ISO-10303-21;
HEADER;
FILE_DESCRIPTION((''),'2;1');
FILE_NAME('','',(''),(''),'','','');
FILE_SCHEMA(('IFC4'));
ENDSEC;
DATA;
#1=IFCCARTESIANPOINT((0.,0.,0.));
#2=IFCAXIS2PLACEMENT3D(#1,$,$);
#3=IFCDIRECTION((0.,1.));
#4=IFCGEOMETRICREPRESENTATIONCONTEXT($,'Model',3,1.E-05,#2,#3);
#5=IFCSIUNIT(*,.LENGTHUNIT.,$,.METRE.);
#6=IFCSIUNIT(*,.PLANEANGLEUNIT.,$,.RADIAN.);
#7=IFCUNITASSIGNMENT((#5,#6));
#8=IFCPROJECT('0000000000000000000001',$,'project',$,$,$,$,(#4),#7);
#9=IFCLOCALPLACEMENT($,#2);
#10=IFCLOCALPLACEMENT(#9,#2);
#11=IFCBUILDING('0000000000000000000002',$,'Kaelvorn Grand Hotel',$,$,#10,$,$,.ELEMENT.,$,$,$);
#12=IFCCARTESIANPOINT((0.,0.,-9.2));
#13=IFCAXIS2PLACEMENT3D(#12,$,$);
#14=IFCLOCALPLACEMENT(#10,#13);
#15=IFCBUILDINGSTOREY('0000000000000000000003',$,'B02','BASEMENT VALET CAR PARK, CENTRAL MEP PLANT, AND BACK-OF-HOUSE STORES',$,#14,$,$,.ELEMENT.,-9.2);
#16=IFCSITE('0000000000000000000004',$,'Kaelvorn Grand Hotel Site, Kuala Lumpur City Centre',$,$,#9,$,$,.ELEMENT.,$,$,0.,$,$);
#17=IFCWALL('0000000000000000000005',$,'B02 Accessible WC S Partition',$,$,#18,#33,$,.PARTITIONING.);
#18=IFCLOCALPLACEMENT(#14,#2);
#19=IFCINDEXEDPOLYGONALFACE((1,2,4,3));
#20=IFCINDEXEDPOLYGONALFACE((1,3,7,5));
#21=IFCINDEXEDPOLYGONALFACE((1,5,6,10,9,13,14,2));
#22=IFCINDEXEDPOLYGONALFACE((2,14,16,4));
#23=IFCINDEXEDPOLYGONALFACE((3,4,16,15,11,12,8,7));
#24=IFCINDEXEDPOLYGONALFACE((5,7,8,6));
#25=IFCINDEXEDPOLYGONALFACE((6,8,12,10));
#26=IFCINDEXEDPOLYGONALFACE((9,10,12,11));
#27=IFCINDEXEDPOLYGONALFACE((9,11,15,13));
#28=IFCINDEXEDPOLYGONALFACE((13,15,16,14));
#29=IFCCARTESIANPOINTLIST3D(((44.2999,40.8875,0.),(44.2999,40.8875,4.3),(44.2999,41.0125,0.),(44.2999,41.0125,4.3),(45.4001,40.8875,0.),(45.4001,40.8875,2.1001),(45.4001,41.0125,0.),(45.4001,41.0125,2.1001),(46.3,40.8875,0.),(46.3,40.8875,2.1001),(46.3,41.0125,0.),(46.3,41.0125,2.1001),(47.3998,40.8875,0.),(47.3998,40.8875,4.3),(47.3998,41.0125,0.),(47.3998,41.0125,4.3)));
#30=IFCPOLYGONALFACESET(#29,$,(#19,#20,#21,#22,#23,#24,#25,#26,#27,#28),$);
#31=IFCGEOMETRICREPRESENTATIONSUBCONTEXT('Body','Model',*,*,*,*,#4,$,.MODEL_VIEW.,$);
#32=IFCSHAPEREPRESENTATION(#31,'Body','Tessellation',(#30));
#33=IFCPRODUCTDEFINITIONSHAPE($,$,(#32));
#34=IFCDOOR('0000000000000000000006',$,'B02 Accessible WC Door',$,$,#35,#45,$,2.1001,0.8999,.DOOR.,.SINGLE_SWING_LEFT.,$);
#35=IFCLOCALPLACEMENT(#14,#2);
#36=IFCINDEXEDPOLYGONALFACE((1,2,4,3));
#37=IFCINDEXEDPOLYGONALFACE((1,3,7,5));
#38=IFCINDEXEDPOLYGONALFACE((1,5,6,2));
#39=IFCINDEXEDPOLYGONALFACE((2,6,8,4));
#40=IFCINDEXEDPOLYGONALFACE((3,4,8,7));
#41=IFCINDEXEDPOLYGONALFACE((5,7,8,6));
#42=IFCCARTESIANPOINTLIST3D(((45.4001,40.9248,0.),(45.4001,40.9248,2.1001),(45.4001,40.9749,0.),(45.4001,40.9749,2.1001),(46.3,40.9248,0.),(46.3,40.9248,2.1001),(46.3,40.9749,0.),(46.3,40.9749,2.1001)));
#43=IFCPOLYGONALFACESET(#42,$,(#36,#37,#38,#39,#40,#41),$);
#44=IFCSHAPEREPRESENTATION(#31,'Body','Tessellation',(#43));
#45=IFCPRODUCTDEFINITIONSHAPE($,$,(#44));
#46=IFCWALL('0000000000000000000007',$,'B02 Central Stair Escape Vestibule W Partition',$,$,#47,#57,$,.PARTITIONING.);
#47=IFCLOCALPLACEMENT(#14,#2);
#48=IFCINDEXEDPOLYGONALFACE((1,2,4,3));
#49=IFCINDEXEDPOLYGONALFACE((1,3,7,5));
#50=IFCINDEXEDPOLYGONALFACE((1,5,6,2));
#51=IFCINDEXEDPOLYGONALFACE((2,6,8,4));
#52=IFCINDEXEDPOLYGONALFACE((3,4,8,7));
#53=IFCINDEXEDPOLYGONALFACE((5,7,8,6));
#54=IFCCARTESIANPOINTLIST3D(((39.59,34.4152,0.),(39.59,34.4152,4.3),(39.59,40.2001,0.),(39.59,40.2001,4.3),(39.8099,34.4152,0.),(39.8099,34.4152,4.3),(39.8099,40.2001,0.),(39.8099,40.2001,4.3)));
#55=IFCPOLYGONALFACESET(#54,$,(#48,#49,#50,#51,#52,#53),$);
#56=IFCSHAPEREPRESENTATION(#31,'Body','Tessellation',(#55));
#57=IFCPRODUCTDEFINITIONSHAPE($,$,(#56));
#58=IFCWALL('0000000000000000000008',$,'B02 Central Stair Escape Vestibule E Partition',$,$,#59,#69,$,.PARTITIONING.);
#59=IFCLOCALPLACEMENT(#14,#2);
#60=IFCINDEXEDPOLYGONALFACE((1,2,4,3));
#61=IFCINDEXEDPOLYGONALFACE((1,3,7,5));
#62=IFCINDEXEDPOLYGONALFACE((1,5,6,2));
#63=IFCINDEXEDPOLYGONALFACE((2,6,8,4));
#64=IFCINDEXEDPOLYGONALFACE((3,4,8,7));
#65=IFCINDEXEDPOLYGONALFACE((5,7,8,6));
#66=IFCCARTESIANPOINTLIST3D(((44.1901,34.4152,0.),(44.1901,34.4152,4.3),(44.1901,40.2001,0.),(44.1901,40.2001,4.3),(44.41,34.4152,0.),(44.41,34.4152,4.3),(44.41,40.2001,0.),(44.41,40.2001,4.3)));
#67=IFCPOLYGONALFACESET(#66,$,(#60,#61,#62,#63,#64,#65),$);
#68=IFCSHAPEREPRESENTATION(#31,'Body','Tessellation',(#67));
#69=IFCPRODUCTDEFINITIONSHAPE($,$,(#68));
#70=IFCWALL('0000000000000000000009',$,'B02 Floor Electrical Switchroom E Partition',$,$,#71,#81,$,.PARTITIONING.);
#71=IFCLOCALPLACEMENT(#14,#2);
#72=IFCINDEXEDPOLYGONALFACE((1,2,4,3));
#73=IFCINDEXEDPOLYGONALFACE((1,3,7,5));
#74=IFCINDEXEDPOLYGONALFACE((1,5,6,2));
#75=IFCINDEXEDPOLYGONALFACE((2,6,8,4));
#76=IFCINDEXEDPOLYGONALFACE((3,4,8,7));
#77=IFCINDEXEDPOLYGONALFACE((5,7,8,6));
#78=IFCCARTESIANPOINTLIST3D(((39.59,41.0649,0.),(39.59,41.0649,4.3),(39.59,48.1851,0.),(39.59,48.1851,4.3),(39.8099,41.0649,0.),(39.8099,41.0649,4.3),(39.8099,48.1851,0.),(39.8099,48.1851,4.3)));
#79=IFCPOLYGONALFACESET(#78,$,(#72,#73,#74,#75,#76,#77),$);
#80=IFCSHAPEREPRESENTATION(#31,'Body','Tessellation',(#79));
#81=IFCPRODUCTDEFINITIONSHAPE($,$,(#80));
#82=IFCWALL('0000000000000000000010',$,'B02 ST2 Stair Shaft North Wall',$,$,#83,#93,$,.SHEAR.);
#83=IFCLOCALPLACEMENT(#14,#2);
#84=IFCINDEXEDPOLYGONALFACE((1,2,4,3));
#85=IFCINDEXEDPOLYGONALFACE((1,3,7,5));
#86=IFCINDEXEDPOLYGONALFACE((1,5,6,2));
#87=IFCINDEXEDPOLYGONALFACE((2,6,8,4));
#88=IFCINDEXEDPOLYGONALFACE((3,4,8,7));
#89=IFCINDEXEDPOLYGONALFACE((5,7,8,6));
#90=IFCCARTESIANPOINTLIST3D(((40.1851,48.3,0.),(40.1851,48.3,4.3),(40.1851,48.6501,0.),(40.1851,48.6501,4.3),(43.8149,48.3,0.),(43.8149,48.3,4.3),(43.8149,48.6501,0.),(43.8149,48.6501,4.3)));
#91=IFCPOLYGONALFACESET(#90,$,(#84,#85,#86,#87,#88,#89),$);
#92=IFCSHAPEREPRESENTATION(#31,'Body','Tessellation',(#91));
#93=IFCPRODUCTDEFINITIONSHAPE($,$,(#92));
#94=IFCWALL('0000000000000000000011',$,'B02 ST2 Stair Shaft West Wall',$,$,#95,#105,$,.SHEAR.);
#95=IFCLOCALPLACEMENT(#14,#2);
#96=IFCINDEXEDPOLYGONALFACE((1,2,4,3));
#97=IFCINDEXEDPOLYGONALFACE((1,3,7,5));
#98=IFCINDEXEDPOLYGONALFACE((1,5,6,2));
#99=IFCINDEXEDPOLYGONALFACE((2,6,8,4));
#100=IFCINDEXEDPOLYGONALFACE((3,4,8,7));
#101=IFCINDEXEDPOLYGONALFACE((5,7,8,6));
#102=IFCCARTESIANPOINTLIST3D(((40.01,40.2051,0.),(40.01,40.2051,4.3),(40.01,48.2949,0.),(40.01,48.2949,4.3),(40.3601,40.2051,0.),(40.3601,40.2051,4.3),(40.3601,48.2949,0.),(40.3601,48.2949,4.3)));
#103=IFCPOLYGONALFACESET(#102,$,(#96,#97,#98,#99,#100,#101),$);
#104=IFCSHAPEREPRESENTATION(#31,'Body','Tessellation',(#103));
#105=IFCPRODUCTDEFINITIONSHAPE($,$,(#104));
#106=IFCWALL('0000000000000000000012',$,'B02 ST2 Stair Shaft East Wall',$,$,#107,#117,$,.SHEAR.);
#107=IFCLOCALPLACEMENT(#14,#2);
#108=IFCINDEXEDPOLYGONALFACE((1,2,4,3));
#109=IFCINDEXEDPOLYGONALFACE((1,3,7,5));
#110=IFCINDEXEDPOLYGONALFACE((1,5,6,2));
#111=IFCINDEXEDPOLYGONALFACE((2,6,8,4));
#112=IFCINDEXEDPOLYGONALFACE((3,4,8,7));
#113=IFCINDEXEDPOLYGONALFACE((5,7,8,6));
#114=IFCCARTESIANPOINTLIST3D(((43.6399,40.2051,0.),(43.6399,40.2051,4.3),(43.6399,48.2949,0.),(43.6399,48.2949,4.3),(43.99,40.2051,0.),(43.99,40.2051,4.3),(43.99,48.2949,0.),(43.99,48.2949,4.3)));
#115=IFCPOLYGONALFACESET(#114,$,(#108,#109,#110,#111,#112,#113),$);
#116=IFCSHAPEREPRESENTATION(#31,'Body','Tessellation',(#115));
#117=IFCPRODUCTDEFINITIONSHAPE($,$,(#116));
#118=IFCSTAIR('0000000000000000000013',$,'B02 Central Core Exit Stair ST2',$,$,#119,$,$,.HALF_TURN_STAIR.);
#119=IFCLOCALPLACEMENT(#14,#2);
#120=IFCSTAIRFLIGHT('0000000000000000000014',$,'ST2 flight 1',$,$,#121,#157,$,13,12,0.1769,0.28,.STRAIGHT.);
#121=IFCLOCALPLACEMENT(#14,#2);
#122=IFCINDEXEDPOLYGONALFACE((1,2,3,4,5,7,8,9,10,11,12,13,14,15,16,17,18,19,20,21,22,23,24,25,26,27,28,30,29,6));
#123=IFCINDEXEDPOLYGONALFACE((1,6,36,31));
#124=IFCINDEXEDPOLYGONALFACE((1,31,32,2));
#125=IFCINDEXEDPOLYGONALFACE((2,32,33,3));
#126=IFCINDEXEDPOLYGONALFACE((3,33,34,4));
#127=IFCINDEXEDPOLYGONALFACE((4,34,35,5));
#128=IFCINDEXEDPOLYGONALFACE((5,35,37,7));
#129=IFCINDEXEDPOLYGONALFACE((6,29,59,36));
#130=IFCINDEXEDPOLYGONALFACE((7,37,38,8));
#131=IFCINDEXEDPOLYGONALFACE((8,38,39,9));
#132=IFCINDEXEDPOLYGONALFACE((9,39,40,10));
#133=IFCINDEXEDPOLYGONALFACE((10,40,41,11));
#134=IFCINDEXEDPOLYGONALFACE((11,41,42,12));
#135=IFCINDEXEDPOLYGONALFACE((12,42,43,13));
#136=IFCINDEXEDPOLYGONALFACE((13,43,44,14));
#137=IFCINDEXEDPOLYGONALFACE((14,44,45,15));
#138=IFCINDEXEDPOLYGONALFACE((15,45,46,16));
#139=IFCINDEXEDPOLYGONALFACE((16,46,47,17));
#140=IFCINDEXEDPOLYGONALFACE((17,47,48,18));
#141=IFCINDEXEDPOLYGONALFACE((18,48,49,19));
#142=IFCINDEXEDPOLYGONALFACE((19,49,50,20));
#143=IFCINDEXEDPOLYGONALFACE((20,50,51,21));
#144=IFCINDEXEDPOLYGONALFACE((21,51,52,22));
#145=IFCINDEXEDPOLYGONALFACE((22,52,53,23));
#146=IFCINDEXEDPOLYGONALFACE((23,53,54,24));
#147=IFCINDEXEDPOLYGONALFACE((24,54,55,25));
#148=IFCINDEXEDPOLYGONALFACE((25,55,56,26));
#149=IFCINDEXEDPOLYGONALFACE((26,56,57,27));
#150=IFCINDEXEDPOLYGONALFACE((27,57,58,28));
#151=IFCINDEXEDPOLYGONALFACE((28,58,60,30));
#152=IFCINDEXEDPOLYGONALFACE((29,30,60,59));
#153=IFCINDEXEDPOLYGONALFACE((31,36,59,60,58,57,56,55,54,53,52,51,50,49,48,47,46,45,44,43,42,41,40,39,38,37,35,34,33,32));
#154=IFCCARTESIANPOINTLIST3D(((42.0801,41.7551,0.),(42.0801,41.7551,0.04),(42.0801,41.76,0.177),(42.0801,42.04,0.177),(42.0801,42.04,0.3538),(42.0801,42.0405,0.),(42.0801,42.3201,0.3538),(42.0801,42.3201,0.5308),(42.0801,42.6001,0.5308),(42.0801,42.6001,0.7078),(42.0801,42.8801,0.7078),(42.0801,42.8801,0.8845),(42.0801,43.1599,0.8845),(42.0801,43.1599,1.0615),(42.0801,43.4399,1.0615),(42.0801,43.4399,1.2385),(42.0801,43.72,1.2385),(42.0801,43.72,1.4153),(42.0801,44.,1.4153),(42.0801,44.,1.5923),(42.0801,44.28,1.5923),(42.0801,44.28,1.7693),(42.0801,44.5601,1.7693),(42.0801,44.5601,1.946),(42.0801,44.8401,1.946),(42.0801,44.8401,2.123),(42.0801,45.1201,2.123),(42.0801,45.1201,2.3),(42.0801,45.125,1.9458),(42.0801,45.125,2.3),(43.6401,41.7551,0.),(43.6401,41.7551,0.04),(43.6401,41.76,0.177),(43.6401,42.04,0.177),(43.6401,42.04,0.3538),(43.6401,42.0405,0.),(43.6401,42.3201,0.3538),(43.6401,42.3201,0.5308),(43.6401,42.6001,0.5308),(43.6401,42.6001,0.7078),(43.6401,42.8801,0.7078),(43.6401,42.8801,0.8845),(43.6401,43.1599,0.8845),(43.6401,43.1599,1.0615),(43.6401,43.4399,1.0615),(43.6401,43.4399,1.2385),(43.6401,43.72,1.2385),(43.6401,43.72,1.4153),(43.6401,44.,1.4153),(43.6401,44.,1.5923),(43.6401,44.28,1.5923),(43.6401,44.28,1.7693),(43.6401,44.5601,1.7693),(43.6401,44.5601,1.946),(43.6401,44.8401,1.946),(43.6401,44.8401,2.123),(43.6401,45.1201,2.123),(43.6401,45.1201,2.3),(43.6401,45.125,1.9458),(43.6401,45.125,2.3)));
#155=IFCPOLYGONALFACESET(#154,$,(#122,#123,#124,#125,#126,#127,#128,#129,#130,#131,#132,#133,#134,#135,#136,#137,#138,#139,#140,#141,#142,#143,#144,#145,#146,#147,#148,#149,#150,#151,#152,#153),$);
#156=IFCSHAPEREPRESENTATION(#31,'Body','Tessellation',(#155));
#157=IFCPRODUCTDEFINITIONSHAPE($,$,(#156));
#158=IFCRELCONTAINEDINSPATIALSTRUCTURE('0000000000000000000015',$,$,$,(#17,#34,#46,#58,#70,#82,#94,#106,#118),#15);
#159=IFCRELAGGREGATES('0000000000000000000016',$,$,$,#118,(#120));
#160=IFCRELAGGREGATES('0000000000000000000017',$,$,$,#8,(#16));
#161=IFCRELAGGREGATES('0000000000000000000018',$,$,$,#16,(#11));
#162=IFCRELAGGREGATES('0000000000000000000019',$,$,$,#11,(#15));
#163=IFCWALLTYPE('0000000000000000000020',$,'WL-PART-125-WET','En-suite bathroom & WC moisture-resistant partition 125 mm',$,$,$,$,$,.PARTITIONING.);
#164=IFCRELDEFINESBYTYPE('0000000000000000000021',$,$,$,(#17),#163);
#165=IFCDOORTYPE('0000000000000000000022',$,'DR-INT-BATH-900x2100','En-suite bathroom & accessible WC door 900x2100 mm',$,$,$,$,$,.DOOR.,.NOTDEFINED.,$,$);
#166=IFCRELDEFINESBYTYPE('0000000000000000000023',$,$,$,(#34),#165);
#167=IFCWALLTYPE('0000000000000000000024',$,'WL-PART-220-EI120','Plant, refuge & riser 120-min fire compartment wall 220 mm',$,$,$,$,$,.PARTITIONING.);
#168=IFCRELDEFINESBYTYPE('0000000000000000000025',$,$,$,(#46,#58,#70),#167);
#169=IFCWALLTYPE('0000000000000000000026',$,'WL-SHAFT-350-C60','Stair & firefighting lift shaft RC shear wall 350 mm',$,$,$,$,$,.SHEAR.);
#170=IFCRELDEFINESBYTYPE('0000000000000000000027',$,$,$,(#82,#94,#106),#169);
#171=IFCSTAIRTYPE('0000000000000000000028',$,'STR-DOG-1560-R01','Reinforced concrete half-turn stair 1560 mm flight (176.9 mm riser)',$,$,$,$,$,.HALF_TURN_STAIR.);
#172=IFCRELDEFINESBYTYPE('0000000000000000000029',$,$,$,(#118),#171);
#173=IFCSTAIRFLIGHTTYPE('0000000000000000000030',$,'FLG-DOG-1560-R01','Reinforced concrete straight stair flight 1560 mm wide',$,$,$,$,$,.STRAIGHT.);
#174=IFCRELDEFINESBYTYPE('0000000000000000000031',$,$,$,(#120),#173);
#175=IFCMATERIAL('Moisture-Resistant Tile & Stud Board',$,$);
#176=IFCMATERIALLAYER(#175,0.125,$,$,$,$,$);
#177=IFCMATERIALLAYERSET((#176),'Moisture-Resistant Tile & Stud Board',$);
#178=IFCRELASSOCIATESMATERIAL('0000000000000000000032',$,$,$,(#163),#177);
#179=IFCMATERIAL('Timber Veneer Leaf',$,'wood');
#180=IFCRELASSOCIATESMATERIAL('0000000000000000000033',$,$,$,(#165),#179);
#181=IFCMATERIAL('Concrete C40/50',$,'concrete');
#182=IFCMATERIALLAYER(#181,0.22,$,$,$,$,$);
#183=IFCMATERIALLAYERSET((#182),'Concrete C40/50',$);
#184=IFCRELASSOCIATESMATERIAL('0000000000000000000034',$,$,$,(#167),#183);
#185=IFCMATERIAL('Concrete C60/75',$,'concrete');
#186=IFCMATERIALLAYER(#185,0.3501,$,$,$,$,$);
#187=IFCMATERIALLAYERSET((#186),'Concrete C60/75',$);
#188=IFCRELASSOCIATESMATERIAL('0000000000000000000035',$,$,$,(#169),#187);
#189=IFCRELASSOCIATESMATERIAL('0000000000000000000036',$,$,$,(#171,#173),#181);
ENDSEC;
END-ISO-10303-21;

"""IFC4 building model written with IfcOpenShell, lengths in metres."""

from ifc_helpers import new_model, si_unit, direction, frame, frame_2d, origin, place, context, subcontext, project, spatial, polyline, rectangle, outline, extrude, material, layer, layer_set, type_object, element, fill, aggregate, save


model = new_model("IFC4")

# Units and contexts
model_context = context("Model", 3, precision=1e-05, world=origin(), true_north=direction((0.0, 1.0)))
body_context = subcontext(model_context, "Body", "Model", "MODEL_VIEW")
ifc_project = project(units=[si_unit("LENGTHUNIT", "METRE"), si_unit("PLANEANGLEUNIT", "RADIAN")], contexts=[model_context])

# Site, building, storey
site_placement = place(None, origin())
site = spatial("IfcSite", under=ifc_project, at=site_placement, Name="Kaelvorn Grand Hotel Site, Kuala Lumpur City Centre", CompositionType="ELEMENT", RefElevation=0.0)
building_placement = place(site_placement, origin())
building = spatial("IfcBuilding", under=site, at=building_placement, Name="Kaelvorn Grand Hotel", CompositionType="ELEMENT")
storey_placement = place(building_placement, frame((0.0, 0.0, -9.2)))
storey = spatial("IfcBuildingStorey", under=building, at=storey_placement, Name="B02", Description="BASEMENT VALET CAR PARK, CENTRAL MEP PLANT, AND BACK-OF-HOUSE STORES", CompositionType="ELEMENT", Elevation=-9.2)

# Wall, opening, door
ifc_material_1 = material(Name="Moisture-Resistant Tile & Stud Board")
ifc_layer_1 = layer(ifc_material_1, 0.125)
ifc_layer_set_1 = layer_set([ifc_layer_1], Name="Moisture-Resistant Tile & Stud Board")
wall_type_1 = type_object("IfcWallType", Name="WL-PART-125-WET", Description="En-suite bathroom & WC moisture-resistant partition 125 mm", PredefinedType="PARTITIONING", material=ifc_layer_set_1)
wall_1_placement = place(storey_placement, frame((44.3, 40.95, 0.0), z_axis=(0.0, 0.0, 1.0), x_axis=(1.0, 0.0, 0.0)))
wall_1 = element("IfcWall", 1, at=wall_1_placement, inside=storey, type_object=wall_type_1, Name="B02 Accessible WC S Partition", PredefinedType="PARTITIONING", context=body_context, shape_type="SweptSolid", body=[
    extrude(rectangle(XDim=3.0999, YDim=0.125, at=frame_2d((1.5498, 0.0))), origin(), (0.0, 0.0, 1.0), 4.3),
])
opening_1_placement = place(wall_1_placement, frame((1.1001, 0.0, 0.0)))
opening_1 = element("IfcOpeningElement", 2, at=opening_1_placement, cuts=wall_1, PredefinedType="OPENING", context=body_context, shape_type="SweptSolid", body=[
    extrude(rectangle(XDim=0.8999, YDim=2.1001, at=frame_2d((0.45, 1.05))), frame((0.0, 0.0725, 0.0), z_axis=(0.0, -1.0, 0.0), x_axis=(1.0, 0.0, 0.0)), (0.0, 0.0, 1.0), 0.145),
])
ifc_material_2 = material(Name="Timber Veneer Leaf", Category="wood")
door_type_1 = type_object("IfcDoorType", Name="DR-INT-BATH-900x2100", Description="En-suite bathroom & accessible WC door 900x2100 mm", OperationType="NOTDEFINED", PredefinedType="DOOR", material=ifc_material_2)
door_1_placement = place(opening_1_placement, origin())
door_1 = element("IfcDoor", 3, at=door_1_placement, inside=storey, type_object=door_type_1, Name="B02 Accessible WC Door", OperationType="SINGLE_SWING_LEFT", OverallHeight=2.1001, OverallWidth=0.8999, PredefinedType="DOOR", context=body_context, shape_type="SweptSolid", body=[
    extrude(rectangle(XDim=0.8999, YDim=2.1001, at=frame_2d((0.45, 1.05))), frame((0.0, 0.0249, 0.0), z_axis=(0.0, -1.0, 0.0), x_axis=(1.0, 0.0, 0.0)), (0.0, 0.0, 1.0), 0.05),
])
fill(opening_1, door_1)
ifc_material_3 = material(Name="Concrete C40/50", Category="concrete")
ifc_layer_2 = layer(ifc_material_3, 0.22)
ifc_layer_set_2 = layer_set([ifc_layer_2], Name="Concrete C40/50")
wall_type_2 = type_object("IfcWallType", Name="WL-PART-220-EI120", Description="Plant, refuge & riser 120-min fire compartment wall 220 mm", PredefinedType="PARTITIONING", material=ifc_layer_set_2)

# Walls
for number, where, z_axis, x_axis, name in (
    (4, (39.7, 34.415, 0.0), (0.0, 0.0, 1.0), (0.0, 1.0, 0.0), "B02 Central Stair Escape Vestibule W Partition"),
    (5, (44.3, 34.415, 0.0), (0.0, 0.0, 1.0), (0.0, 1.0, 0.0), "B02 Central Stair Escape Vestibule E Partition"),
):
    element("IfcWall", number, at=place(storey_placement, frame(where, z_axis=z_axis, x_axis=x_axis)), inside=storey, type_object=wall_type_2, Name=name, PredefinedType="PARTITIONING", context=body_context, shape_type="SweptSolid", body=[
        extrude(rectangle(XDim=5.7849, YDim=0.22, at=frame_2d((2.8926, 0.0))), origin(), (0.0, 0.0, 1.0), 4.3),
    ])
wall_2_placement = place(storey_placement, frame((39.7, 41.0649, 0.0), z_axis=(0.0, 0.0, 1.0), x_axis=(0.0, 1.0, 0.0)))
element("IfcWall", 6, at=wall_2_placement, inside=storey, type_object=wall_type_2, Name="B02 Floor Electrical Switchroom E Partition", PredefinedType="PARTITIONING", context=body_context, shape_type="SweptSolid", body=[
    extrude(rectangle(XDim=7.1201, YDim=0.22, at=frame_2d((3.5601, 0.0))), origin(), (0.0, 0.0, 1.0), 4.3),
])

# Shared definitions
ifc_material_4 = material(Name="Concrete C60/75", Category="concrete")
ifc_layer_3 = layer(ifc_material_4, 0.3501)
ifc_layer_set_3 = layer_set([ifc_layer_3], Name="Concrete C60/75")
wall_type_3 = type_object("IfcWallType", Name="WL-SHAFT-350-C60", Description="Stair & firefighting lift shaft RC shear wall 350 mm", PredefinedType="SHEAR", material=ifc_layer_set_3)

# Walls
wall_3_placement = place(storey_placement, frame((40.1851, 48.4751, 0.0), z_axis=(0.0, 0.0, 1.0), x_axis=(1.0, 0.0, 0.0)))
element("IfcWall", 7, at=wall_3_placement, inside=storey, type_object=wall_type_3, Name="B02 ST2 Stair Shaft North Wall", PredefinedType="SHEAR", context=body_context, shape_type="SweptSolid", body=[
    extrude(rectangle(XDim=3.6299, YDim=0.3501, at=frame_2d((1.8149, 0.0))), origin(), (0.0, 0.0, 1.0), 4.3),
])
for number, where, z_axis, x_axis, name in (
    (8, (40.1851, 40.2051, 0.0), (0.0, 0.0, 1.0), (0.0, 1.0, 0.0), "B02 ST2 Stair Shaft West Wall"),
    (9, (43.8149, 40.2051, 0.0), (0.0, 0.0, 1.0), (0.0, 1.0, 0.0), "B02 ST2 Stair Shaft East Wall"),
):
    element("IfcWall", number, at=place(storey_placement, frame(where, z_axis=z_axis, x_axis=x_axis)), inside=storey, type_object=wall_type_3, Name=name, PredefinedType="SHEAR", context=body_context, shape_type="SweptSolid", body=[
        extrude(rectangle(XDim=8.0898, YDim=0.3501, at=frame_2d((4.0449, 0.0))), origin(), (0.0, 0.0, 1.0), 4.3),
    ])

# Stair, stair flight
stair_type = type_object("IfcStairType", Name="STR-DOG-1560-R01", Description="Reinforced concrete half-turn stair 1560 mm flight (176.9 mm riser)", PredefinedType="HALF_TURN_STAIR", material=ifc_material_3)
stair_placement = place(storey_placement, origin())
stair = element("IfcStair", 10, at=stair_placement, inside=storey, type_object=stair_type, Name="B02 Central Core Exit Stair ST2", PredefinedType="HALF_TURN_STAIR")
stair_flight_type = type_object("IfcStairFlightType", Name="FLG-DOG-1560-R01", Description="Reinforced concrete straight stair flight 1560 mm wide", PredefinedType="STRAIGHT", material=ifc_material_3)
stair_flight_1_placement = place(storey_placement, frame((42.8601, 41.76, 0.0), z_axis=(0.0, 0.0, 1.0), x_axis=(0.0, 1.0, 0.0)))
stair_flight_1 = element("IfcStairFlight", 11, at=stair_flight_1_placement, type_object=stair_flight_type, Name="ST2 flight 1", NumberOfRisers=13, NumberOfTreads=12, PredefinedType="STRAIGHT", RiserHeight=0.1769, TreadLength=0.28, context=body_context, shape_type="SweptSolid", body=[
    extrude(outline(polyline([(-0.0049, 0.0), (-0.0049, 0.04), (0.0, 0.177), (0.28, 0.177), (0.28, 0.3538), (0.5601, 0.3538), (0.5601, 0.5308), (0.8401, 0.5308), (0.8401, 0.7078), (1.1201, 0.7078), (1.1201, 0.8845), (1.3999, 0.8845), (1.3999, 1.0615), (1.6799, 1.0615), (1.6799, 1.2385), (1.96, 1.2385), (1.96, 1.4153), (2.24, 1.4153), (2.24, 1.5923), (2.52, 1.5923), (2.52, 1.7693), (2.8, 1.7693), (2.8, 1.946), (3.0801, 1.946), (3.0801, 2.123), (3.3601, 2.123), (3.3601, 2.3), (3.365, 2.3), (3.365, 1.9458), (0.2805, 0.0), (-0.0049, 0.0)])), frame((0.0, 0.78, 0.0), z_axis=(0.0, -1.0, 0.0), x_axis=(1.0, 0.0, 0.0)), (0.0, 0.0, 1.0), 1.5601),
])
aggregate(stair, [stair_flight_1])

save(model, "model.ifc")
